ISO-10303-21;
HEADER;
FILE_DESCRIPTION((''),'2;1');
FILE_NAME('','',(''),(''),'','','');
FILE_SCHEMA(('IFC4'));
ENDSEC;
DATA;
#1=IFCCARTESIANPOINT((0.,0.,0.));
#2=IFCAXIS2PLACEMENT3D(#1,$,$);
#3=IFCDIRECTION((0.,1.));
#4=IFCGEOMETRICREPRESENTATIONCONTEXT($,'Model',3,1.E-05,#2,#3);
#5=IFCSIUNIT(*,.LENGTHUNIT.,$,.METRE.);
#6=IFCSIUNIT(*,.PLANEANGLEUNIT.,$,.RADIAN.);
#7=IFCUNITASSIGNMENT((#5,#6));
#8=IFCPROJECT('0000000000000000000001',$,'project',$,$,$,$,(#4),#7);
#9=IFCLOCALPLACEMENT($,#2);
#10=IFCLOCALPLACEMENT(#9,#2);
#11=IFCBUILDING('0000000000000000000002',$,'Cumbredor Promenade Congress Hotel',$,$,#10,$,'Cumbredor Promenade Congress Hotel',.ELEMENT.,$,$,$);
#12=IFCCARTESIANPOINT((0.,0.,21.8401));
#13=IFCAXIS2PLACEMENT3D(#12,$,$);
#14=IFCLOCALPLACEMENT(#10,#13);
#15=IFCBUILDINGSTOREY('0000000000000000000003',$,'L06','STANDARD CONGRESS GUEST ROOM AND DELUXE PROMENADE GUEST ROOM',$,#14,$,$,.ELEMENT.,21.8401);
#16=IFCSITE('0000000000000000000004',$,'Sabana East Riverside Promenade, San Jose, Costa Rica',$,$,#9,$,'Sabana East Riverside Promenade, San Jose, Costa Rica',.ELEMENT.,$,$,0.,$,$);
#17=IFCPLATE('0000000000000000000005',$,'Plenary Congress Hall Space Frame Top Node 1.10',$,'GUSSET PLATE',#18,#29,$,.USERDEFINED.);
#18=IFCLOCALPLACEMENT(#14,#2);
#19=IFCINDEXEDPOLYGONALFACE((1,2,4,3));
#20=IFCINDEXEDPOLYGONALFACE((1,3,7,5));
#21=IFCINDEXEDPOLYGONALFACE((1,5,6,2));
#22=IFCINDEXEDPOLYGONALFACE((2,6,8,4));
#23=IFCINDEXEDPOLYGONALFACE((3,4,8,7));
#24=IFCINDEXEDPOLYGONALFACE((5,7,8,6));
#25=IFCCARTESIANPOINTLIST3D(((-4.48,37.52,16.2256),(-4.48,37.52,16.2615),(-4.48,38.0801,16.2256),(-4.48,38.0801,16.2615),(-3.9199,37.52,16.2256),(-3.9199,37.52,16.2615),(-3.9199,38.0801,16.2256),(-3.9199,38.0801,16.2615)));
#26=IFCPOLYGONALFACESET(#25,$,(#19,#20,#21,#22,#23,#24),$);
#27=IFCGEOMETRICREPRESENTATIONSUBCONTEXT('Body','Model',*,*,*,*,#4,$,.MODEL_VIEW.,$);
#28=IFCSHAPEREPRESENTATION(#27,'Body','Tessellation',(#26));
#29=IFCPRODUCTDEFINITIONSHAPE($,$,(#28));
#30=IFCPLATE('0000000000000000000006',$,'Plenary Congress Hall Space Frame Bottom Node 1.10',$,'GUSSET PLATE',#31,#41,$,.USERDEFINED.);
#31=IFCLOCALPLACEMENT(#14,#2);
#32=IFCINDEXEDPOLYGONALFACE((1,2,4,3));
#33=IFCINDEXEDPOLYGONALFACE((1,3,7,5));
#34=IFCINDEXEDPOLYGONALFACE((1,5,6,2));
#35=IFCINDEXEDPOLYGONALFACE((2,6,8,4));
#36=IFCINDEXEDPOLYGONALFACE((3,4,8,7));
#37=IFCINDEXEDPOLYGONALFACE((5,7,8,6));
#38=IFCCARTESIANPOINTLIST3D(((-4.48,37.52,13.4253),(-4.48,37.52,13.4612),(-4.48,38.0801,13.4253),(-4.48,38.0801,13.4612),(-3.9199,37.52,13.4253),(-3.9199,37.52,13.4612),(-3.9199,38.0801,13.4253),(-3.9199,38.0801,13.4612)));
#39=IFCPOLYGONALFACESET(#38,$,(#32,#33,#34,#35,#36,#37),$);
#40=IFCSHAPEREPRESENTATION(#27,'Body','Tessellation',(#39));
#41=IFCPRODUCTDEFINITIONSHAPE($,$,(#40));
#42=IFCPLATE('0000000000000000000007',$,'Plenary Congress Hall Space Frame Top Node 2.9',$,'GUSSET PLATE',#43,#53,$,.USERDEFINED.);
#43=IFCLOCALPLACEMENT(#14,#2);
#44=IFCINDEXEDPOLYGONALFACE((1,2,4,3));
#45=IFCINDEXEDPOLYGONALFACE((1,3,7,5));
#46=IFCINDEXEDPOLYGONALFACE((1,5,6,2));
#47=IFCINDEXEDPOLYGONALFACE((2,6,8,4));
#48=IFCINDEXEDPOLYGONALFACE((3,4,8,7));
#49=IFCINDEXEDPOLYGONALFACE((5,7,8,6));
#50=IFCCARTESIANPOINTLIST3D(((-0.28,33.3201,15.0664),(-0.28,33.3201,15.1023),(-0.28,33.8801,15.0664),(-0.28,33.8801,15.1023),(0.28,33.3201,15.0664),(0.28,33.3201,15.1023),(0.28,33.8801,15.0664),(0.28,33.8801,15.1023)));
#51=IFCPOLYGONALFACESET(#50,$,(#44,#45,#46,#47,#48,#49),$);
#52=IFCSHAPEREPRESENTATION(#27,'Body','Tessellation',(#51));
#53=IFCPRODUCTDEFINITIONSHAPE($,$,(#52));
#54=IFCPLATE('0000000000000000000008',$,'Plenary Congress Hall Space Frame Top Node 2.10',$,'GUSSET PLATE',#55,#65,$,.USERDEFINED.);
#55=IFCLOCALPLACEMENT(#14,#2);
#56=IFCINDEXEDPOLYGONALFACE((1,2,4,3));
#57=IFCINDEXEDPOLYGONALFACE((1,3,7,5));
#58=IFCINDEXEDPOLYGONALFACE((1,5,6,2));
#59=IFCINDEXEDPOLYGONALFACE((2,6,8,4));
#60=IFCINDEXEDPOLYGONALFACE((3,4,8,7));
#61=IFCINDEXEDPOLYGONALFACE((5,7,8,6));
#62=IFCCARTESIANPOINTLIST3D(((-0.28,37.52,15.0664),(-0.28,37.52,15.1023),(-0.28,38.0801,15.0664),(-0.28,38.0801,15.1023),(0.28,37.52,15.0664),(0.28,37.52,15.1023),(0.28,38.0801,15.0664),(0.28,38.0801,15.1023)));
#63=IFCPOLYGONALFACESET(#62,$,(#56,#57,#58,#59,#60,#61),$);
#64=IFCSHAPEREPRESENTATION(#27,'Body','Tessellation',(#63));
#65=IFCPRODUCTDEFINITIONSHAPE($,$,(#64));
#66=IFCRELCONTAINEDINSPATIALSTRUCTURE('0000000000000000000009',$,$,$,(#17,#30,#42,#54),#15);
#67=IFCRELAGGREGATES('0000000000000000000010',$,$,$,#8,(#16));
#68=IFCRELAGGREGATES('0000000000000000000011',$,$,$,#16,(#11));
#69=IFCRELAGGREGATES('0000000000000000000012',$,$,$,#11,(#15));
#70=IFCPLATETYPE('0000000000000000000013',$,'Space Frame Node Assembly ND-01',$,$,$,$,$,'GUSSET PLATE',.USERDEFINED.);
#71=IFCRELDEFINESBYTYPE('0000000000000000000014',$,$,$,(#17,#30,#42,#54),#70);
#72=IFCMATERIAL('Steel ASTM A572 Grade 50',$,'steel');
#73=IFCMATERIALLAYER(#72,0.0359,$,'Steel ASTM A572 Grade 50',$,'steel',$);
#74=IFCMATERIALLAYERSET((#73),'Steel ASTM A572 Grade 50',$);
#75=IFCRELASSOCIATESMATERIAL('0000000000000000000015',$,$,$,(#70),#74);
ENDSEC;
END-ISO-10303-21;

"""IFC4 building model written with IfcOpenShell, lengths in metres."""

from ifc_helpers import new_model, si_unit, direction, frame, origin, origin_2d, place, context, subcontext, project, spatial, rectangle, extrude, material, layer, layer_set, type_object, element, save


model = new_model("IFC4")

# Units and contexts
model_context = context("Model", 3, precision=1e-05, world=origin(), true_north=direction((0.0, 1.0)))
body_context = subcontext(model_context, "Body", "Model", "MODEL_VIEW")
ifc_project = project(units=[si_unit("LENGTHUNIT", "METRE"), si_unit("PLANEANGLEUNIT", "RADIAN")], contexts=[model_context])

# Site, building, storey
site_placement = place(None, origin())
site = spatial("IfcSite", under=ifc_project, at=site_placement, Name="Sabana East Riverside Promenade, San Jose, Costa Rica", LongName="Sabana East Riverside Promenade, San Jose, Costa Rica", CompositionType="ELEMENT", RefElevation=0.0)
building_placement = place(site_placement, origin())
building = spatial("IfcBuilding", under=site, at=building_placement, Name="Cumbredor Promenade Congress Hotel", LongName="Cumbredor Promenade Congress Hotel", CompositionType="ELEMENT")
storey_placement = place(building_placement, frame((0.0, 0.0, 21.8401)))
storey = spatial("IfcBuildingStorey", under=building, at=storey_placement, Name="L06", Description="STANDARD CONGRESS GUEST ROOM AND DELUXE PROMENADE GUEST ROOM", CompositionType="ELEMENT", Elevation=21.8401)

# Plates
ifc_material_1 = material(Name="Steel ASTM A572 Grade 50", Category="steel")
ifc_layer = layer(ifc_material_1, 0.0359, Name="Steel ASTM A572 Grade 50", Category="steel")
ifc_layer_set = layer_set([ifc_layer], Name="Steel ASTM A572 Grade 50")
plate_type = type_object("IfcPlateType", Name="Space Frame Node Assembly ND-01", ElementType="GUSSET PLATE", PredefinedType="USERDEFINED", material=ifc_layer_set)
for number, where, z_axis, x_axis, name in (
    (1, (-4.2, 37.8, 16.2256), (0.0, 0.0, 1.0), (1.0, 0.0, 0.0), "Plenary Congress Hall Space Frame Top Node 1.10"),
    (2, (-4.2, 37.8, 13.4253), (0.0, 0.0, 1.0), (1.0, 0.0, 0.0), "Plenary Congress Hall Space Frame Bottom Node 1.10"),
    (3, (0.0, 33.6001, 15.0664), (0.0, 0.0, 1.0), (1.0, 0.0, 0.0), "Plenary Congress Hall Space Frame Top Node 2.9"),
    (4, (0.0, 37.8, 15.0664), (0.0, 0.0, 1.0), (1.0, 0.0, 0.0), "Plenary Congress Hall Space Frame Top Node 2.10"),
):
    element("IfcPlate", number, at=place(storey_placement, frame(where, z_axis=z_axis, x_axis=x_axis)), inside=storey, type_object=plate_type, Name=name, ObjectType="GUSSET PLATE", PredefinedType="USERDEFINED", context=body_context, shape_type="SweptSolid", body=[
        extrude(rectangle(XDim=0.5601, YDim=0.5601, at=origin_2d()), origin(), (0.0, 0.0, 1.0), 0.0359),
    ])

save(model, "model.ifc")
